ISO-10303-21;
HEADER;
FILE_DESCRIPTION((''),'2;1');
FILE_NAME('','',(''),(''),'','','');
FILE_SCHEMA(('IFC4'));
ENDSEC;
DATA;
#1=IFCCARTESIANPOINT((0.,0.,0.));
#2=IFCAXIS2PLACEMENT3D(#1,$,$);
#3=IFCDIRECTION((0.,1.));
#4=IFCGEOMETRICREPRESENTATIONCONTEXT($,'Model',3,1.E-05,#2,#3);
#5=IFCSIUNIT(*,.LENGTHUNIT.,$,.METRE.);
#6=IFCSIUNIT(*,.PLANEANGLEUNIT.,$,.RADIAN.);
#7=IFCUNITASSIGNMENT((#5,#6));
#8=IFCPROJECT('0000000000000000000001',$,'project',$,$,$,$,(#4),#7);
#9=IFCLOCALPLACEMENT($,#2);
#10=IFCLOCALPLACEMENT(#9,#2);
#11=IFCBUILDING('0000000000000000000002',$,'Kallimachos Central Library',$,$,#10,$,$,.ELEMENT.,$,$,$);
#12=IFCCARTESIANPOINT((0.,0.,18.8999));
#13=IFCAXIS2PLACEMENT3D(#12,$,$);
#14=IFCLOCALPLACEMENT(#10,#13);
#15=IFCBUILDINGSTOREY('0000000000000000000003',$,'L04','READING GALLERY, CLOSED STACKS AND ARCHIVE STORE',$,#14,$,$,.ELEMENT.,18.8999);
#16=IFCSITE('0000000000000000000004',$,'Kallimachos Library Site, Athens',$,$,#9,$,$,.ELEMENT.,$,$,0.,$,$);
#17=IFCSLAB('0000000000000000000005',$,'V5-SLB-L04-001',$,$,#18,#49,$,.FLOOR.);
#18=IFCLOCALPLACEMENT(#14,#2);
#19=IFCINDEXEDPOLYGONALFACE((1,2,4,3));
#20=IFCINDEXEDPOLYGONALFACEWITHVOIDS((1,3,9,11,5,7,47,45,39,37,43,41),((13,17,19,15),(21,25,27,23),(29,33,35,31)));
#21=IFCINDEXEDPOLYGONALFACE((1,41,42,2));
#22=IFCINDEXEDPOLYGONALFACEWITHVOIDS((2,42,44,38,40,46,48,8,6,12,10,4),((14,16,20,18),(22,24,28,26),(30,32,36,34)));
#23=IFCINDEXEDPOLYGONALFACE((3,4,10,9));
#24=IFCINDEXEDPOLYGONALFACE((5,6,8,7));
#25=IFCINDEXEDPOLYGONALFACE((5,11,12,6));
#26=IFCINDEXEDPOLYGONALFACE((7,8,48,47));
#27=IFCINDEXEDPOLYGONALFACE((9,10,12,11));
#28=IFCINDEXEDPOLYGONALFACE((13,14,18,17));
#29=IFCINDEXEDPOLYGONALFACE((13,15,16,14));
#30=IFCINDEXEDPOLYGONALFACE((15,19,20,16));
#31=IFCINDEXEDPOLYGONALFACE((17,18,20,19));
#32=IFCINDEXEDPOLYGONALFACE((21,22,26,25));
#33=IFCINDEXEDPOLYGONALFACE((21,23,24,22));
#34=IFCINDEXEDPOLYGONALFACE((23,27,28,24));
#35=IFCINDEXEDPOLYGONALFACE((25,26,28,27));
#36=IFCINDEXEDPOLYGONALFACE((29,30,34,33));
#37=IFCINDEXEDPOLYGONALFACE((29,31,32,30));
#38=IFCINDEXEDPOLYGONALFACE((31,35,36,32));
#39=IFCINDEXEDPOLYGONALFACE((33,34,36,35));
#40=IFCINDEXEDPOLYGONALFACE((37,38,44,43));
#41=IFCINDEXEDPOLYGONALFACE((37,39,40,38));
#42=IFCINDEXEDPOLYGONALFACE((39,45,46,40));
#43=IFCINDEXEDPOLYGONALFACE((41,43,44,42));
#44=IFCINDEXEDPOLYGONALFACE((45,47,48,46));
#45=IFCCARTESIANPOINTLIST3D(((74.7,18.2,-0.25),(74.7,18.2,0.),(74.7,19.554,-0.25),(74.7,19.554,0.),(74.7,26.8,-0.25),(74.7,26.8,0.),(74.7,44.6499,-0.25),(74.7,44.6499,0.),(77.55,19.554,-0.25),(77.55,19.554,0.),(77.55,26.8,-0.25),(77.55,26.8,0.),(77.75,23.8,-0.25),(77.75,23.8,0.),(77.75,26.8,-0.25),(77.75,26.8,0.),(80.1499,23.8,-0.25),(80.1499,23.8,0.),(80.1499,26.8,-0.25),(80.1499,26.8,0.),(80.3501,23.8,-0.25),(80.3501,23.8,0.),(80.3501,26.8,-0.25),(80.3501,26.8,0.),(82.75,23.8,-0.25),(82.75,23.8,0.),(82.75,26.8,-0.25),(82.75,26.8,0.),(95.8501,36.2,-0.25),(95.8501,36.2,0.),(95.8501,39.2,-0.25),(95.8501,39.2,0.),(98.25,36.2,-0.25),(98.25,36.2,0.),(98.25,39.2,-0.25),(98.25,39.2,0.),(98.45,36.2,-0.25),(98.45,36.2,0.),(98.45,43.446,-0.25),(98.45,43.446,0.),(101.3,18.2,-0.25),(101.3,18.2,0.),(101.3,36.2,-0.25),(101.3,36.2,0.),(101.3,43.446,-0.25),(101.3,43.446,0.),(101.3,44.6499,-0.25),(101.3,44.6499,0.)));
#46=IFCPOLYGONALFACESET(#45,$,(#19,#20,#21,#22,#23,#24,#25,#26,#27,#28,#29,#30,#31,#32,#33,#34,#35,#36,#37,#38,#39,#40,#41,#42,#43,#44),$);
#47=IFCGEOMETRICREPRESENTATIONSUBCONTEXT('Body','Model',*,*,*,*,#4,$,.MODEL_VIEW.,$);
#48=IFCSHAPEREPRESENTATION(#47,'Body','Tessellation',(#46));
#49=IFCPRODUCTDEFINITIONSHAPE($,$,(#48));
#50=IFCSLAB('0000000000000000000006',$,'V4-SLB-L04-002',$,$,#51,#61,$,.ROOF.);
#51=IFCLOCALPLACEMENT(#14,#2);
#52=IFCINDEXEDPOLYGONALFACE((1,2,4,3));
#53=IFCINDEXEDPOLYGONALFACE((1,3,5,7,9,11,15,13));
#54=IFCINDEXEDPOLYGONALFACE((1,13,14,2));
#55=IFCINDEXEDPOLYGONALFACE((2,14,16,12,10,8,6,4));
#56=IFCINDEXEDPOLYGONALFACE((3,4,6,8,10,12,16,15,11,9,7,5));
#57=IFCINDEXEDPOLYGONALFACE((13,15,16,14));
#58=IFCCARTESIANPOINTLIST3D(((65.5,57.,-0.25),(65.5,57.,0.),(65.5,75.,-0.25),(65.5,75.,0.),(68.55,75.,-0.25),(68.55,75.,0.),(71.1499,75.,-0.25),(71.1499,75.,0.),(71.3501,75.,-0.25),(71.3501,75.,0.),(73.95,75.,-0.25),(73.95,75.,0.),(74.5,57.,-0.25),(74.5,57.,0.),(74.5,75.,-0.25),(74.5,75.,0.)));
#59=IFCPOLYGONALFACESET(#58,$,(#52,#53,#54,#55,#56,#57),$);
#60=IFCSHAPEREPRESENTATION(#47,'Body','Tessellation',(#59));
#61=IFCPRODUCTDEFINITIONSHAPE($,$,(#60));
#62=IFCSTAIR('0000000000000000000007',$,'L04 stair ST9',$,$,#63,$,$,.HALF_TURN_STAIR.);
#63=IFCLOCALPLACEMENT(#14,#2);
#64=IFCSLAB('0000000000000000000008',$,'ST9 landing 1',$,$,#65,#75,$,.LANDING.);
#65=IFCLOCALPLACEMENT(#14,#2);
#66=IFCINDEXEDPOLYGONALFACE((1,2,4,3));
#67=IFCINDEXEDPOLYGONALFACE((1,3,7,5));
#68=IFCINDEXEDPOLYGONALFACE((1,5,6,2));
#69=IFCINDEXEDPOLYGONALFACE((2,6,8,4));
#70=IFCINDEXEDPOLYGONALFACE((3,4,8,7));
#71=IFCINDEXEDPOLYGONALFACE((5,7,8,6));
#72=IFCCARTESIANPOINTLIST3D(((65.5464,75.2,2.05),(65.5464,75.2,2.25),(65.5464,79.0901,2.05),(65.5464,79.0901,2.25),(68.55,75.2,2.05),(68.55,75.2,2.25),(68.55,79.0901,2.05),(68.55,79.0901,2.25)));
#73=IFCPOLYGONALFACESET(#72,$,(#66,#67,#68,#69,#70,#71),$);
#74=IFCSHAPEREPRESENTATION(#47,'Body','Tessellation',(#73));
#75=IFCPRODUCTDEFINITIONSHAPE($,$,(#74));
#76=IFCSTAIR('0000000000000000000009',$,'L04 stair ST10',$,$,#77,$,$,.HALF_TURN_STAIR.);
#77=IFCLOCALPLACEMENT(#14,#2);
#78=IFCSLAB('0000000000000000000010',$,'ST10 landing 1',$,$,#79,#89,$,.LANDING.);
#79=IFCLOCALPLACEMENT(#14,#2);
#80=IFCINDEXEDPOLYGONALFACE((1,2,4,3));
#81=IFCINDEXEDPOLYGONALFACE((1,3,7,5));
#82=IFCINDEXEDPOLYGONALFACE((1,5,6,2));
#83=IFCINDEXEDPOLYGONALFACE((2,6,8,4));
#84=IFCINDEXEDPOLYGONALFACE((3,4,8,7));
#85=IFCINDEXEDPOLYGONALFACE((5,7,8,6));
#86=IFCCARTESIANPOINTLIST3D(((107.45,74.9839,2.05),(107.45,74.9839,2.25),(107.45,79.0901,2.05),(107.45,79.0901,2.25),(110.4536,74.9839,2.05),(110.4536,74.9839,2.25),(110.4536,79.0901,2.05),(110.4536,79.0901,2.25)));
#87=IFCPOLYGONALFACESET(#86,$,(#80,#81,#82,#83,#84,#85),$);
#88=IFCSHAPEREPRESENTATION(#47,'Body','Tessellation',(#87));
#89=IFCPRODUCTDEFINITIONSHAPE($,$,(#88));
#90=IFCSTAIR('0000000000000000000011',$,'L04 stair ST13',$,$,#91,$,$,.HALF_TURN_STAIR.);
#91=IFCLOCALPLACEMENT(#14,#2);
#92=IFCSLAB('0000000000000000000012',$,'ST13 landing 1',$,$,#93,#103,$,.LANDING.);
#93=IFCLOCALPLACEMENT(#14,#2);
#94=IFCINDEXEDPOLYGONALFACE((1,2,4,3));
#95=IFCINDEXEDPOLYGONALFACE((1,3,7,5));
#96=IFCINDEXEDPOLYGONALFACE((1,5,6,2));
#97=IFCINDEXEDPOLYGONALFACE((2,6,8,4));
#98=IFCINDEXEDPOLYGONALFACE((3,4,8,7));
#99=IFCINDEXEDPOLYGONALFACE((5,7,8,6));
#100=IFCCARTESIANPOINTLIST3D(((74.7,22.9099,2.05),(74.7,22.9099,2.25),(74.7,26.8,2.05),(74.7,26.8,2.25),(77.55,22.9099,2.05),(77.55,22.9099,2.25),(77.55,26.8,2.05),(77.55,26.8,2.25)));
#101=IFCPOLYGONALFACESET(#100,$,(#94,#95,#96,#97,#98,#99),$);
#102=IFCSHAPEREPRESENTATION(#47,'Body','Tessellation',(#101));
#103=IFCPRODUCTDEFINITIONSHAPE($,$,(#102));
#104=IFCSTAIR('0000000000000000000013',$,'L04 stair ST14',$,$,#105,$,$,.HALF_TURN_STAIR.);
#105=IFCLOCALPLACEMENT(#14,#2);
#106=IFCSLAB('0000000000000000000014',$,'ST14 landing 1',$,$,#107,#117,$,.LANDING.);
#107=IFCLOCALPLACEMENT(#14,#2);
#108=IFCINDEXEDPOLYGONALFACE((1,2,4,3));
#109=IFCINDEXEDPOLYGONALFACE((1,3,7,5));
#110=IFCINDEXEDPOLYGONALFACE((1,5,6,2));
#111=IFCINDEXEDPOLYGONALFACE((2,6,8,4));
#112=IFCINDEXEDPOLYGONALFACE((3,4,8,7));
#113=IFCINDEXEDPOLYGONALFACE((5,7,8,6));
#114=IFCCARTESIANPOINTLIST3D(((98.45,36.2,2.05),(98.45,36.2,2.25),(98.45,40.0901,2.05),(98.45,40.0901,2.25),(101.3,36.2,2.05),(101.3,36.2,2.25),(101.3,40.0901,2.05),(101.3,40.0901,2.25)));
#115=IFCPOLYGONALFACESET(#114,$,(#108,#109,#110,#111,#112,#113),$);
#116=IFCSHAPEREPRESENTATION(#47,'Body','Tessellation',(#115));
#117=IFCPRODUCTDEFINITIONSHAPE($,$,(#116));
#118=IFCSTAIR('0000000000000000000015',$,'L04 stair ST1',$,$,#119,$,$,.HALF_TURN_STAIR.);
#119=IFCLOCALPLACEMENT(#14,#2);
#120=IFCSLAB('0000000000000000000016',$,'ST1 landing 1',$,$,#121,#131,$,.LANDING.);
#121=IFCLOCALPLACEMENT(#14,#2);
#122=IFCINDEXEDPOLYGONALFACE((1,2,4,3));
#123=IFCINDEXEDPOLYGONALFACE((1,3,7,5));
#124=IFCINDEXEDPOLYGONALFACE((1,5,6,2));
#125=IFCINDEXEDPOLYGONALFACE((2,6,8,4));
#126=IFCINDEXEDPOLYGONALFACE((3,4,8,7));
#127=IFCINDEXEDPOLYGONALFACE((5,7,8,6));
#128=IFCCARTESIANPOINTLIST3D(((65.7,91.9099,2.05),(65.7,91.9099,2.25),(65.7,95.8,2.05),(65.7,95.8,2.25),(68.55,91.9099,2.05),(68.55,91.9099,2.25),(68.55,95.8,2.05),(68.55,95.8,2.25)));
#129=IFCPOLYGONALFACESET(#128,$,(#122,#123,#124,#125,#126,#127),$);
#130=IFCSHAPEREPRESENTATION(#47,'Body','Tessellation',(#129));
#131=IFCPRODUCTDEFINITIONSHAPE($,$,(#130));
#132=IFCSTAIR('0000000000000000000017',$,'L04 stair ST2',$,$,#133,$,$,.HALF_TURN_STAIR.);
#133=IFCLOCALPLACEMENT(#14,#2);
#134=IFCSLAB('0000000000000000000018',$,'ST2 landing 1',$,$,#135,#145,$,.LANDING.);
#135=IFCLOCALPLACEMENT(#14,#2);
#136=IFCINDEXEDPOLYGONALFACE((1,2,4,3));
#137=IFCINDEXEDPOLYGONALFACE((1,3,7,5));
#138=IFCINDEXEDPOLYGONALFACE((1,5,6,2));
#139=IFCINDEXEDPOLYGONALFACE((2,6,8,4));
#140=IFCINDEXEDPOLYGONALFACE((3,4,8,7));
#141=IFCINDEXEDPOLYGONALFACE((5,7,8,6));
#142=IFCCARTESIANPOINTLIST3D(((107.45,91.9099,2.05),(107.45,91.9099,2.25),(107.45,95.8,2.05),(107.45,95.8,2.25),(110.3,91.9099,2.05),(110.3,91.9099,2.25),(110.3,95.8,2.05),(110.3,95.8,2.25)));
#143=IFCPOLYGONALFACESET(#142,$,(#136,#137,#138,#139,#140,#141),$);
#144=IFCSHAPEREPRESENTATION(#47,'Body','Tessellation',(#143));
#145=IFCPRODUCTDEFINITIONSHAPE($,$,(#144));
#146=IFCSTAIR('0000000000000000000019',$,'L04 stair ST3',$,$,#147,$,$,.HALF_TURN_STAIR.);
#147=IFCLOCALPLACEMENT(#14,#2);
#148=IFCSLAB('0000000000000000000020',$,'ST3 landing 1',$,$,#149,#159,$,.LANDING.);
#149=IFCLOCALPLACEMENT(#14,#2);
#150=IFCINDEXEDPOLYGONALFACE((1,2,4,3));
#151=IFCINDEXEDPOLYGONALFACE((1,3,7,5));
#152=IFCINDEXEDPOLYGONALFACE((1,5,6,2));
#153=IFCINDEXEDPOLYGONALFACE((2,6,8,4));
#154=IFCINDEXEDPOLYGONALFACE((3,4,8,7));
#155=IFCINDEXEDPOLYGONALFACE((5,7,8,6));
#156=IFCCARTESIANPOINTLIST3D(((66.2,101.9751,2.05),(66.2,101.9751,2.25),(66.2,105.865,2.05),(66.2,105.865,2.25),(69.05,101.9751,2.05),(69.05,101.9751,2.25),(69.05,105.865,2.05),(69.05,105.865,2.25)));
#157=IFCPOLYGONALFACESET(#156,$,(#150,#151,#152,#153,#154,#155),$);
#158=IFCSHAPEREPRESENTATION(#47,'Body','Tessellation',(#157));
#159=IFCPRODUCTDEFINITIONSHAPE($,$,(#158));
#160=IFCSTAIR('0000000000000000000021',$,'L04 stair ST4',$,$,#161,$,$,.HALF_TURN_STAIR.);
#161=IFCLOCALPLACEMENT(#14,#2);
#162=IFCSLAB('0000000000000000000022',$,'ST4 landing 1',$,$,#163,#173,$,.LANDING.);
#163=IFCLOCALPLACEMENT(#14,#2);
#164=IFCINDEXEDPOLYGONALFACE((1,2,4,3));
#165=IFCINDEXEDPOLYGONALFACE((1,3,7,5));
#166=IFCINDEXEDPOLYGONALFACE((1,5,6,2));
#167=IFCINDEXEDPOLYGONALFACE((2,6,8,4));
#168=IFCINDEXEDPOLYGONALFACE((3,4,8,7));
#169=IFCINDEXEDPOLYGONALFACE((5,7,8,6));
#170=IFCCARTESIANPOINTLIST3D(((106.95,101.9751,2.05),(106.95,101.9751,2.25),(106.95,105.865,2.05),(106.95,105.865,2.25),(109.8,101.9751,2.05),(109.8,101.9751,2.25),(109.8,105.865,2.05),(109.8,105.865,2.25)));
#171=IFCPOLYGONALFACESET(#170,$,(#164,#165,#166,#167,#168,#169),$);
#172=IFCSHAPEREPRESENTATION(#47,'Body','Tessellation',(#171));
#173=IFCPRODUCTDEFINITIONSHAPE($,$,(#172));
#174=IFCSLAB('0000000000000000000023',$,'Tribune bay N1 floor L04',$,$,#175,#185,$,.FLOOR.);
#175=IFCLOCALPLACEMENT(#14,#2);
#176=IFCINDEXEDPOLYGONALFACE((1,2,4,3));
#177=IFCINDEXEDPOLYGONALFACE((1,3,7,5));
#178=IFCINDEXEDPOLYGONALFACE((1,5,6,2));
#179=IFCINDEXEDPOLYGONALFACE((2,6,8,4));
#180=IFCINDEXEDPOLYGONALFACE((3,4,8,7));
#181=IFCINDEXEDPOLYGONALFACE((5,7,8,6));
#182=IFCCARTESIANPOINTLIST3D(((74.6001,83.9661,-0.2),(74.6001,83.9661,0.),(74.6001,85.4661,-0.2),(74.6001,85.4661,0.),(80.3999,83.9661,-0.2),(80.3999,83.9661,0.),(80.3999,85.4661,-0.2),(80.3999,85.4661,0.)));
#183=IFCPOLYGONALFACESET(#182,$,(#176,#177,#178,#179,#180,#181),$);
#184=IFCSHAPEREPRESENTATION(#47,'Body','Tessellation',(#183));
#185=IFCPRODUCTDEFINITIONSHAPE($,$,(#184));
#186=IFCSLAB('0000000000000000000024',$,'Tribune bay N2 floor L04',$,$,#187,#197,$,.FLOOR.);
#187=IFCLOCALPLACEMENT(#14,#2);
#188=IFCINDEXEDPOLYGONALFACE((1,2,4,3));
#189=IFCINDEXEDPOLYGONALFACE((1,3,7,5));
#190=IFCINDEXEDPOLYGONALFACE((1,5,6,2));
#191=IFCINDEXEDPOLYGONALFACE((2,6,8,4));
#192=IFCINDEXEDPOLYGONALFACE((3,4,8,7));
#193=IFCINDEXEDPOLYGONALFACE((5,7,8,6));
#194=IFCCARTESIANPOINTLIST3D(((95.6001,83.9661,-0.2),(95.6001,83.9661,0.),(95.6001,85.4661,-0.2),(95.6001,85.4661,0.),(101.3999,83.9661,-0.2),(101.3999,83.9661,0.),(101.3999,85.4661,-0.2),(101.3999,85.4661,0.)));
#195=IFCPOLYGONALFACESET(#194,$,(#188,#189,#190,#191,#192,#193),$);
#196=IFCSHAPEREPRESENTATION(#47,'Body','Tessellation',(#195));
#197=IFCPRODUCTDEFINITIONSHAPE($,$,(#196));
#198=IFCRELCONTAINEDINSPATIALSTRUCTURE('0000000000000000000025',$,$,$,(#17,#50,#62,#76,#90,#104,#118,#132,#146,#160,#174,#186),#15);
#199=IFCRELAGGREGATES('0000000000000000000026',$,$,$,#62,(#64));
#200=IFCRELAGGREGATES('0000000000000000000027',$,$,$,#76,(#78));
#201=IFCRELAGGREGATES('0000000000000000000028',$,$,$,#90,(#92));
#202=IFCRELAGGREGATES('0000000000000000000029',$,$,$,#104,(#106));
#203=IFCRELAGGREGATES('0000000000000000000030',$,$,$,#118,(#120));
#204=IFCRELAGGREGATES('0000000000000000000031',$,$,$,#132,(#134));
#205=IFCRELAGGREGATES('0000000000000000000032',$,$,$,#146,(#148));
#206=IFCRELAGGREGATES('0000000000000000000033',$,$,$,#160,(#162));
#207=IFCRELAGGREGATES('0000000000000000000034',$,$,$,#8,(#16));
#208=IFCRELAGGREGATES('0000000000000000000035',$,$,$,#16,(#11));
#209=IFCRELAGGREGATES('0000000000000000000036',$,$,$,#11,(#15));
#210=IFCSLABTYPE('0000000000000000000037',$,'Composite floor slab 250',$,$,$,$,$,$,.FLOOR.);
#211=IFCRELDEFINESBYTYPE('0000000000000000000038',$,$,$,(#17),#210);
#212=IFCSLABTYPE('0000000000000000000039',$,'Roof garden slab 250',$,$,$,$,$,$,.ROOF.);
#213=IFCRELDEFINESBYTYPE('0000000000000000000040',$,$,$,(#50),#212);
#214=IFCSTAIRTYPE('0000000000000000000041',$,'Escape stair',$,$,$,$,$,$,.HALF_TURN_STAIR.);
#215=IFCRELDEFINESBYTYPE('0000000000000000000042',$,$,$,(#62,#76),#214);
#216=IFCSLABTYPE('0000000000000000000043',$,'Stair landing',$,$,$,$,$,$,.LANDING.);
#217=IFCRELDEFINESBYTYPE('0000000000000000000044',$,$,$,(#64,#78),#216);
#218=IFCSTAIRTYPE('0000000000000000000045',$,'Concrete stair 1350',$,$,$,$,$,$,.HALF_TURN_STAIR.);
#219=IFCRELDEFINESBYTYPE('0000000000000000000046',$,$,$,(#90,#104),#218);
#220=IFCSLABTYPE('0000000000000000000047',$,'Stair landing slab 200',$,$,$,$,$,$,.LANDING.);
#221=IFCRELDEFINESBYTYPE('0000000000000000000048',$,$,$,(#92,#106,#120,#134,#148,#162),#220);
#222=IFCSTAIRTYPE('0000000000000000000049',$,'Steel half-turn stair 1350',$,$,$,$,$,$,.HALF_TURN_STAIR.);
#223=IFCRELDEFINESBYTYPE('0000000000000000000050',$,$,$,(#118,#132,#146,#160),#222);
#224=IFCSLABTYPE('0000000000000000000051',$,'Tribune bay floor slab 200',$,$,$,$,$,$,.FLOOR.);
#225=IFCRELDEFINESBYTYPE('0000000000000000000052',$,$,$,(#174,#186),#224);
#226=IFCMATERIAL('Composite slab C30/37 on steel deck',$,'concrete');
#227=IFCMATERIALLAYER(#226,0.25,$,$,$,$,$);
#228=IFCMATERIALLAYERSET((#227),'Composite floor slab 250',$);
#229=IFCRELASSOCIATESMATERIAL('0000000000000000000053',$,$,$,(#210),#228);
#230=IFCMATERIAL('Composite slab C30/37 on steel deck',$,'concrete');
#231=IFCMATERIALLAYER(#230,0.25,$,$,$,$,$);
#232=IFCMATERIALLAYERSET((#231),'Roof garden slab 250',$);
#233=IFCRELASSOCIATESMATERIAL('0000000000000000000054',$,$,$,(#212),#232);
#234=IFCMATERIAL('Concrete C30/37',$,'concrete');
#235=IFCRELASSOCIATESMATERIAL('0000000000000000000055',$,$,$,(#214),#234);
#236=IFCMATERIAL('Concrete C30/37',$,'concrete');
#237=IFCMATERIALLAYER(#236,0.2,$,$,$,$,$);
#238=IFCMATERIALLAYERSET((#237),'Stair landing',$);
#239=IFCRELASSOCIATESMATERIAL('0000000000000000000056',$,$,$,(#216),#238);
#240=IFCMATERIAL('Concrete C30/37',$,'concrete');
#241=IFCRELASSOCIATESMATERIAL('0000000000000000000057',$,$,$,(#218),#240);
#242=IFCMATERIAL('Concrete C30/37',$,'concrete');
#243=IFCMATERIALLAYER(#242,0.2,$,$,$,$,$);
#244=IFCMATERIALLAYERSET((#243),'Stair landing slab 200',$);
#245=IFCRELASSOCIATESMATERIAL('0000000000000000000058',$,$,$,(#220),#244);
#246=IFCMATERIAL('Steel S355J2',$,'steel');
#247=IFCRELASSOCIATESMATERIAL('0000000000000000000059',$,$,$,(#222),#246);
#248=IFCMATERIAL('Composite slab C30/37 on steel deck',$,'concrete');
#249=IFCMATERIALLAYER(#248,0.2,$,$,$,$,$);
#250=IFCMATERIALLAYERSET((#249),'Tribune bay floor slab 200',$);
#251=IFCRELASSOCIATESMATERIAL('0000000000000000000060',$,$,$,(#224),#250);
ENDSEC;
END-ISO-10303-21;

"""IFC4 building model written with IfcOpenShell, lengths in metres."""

from ifc_helpers import new_model, si_unit, direction, frame, origin, place, context, subcontext, project, spatial, polyline, outline, extrude, material, layer, layer_set, type_object, element, aggregate, save


model = new_model("IFC4")

# Units and contexts
model_context = context("Model", 3, precision=1e-05, world=origin(), true_north=direction((0.0, 1.0)))
body_context = subcontext(model_context, "Body", "Model", "MODEL_VIEW")
ifc_project = project(units=[si_unit("LENGTHUNIT", "METRE"), si_unit("PLANEANGLEUNIT", "RADIAN")], contexts=[model_context])

# Site, building, storey
site_placement = place(None, origin())
site = spatial("IfcSite", under=ifc_project, at=site_placement, Name="Kallimachos Library Site, Athens", CompositionType="ELEMENT", RefElevation=0.0)
building_placement = place(site_placement, origin())
building = spatial("IfcBuilding", under=site, at=building_placement, Name="Kallimachos Central Library", CompositionType="ELEMENT")
storey_placement = place(building_placement, frame((0.0, 0.0, 18.8999)))
storey = spatial("IfcBuildingStorey", under=building, at=storey_placement, Name="L04", Description="READING GALLERY, CLOSED STACKS AND ARCHIVE STORE", CompositionType="ELEMENT", Elevation=18.8999)

# Slabs
ifc_material_1 = material(Name="Composite slab C30/37 on steel deck", Category="concrete")
ifc_layer_1 = layer(ifc_material_1, 0.25)
ifc_layer_set_1 = layer_set([ifc_layer_1], Name="Composite floor slab 250")
slab_type_1 = type_object("IfcSlabType", Name="Composite floor slab 250", PredefinedType="FLOOR", material=ifc_layer_set_1)
slab_1_placement = place(storey_placement, frame((0.0, 0.0, -0.25)))
element("IfcSlab", 1, at=slab_1_placement, inside=storey, type_object=slab_type_1, Name="V5-SLB-L04-001", PredefinedType="FLOOR", context=body_context, shape_type="SweptSolid", body=[
    extrude(outline(polyline([(101.3, 18.2), (74.7, 18.2), (74.7, 19.554), (77.55, 19.554), (77.55, 26.8), (74.7, 26.8), (74.7, 44.6499), (101.3, 44.6499), (101.3, 43.446), (98.45, 43.446), (98.45, 36.2), (101.3, 36.2), (101.3, 18.2)]), holes=[polyline([(77.75, 26.8), (77.75, 23.8), (80.1499, 23.8), (80.1499, 26.8), (77.75, 26.8)]), polyline([(80.3501, 26.8), (80.3501, 23.8), (82.75, 23.8), (82.75, 26.8), (80.3501, 26.8)]), polyline([(98.25, 39.2), (95.8501, 39.2), (95.8501, 36.2), (98.25, 36.2), (98.25, 39.2)])]), origin(), (0.0, 0.0, 1.0), 0.25),
])
ifc_material_2 = material(Name="Composite slab C30/37 on steel deck", Category="concrete")
ifc_layer_2 = layer(ifc_material_2, 0.25)
ifc_layer_set_2 = layer_set([ifc_layer_2], Name="Roof garden slab 250")
slab_type_2 = type_object("IfcSlabType", Name="Roof garden slab 250", PredefinedType="ROOF", material=ifc_layer_set_2)
slab_2_placement = place(storey_placement, frame((0.0, 0.0, -0.25)))
element("IfcSlab", 2, at=slab_2_placement, inside=storey, type_object=slab_type_2, Name="V4-SLB-L04-002", PredefinedType="ROOF", context=body_context, shape_type="SweptSolid", body=[
    extrude(outline(polyline([(73.95, 75.0), (74.5, 75.0), (74.5, 57.0), (65.5, 57.0), (65.5, 75.0), (68.55, 75.0), (71.1499, 75.0), (71.3501, 75.0), (73.95, 75.0)])), origin(), (0.0, 0.0, 1.0), 0.25),
])

# Stairs, slabs
ifc_material_3 = material(Name="Concrete C30/37", Category="concrete")
stair_type_1 = type_object("IfcStairType", Name="Escape stair", PredefinedType="HALF_TURN_STAIR", material=ifc_material_3)
stair_1_placement = place(storey_placement, origin())
stair_1 = element("IfcStair", 3, at=stair_1_placement, inside=storey, type_object=stair_type_1, Name="L04 stair ST9", PredefinedType="HALF_TURN_STAIR")
ifc_material_4 = material(Name="Concrete C30/37", Category="concrete")
ifc_layer_3 = layer(ifc_material_4, 0.2)
ifc_layer_set_3 = layer_set([ifc_layer_3], Name="Stair landing")
slab_type_3 = type_object("IfcSlabType", Name="Stair landing", PredefinedType="LANDING", material=ifc_layer_set_3)
slab_3_placement = place(storey_placement, frame((0.0, 0.0, 2.05)))
slab_3 = element("IfcSlab", 4, at=slab_3_placement, type_object=slab_type_3, Name="ST9 landing 1", PredefinedType="LANDING", context=body_context, shape_type="SweptSolid", body=[
    extrude(outline(polyline([(65.5464, 75.2), (68.55, 75.2), (68.55, 79.0901), (65.5464, 79.0901), (65.5464, 75.2)])), origin(), (0.0, 0.0, 1.0), 0.2),
])
aggregate(stair_1, [slab_3])
stair_2_placement = place(storey_placement, origin())
stair_2 = element("IfcStair", 5, at=stair_2_placement, inside=storey, type_object=stair_type_1, Name="L04 stair ST10", PredefinedType="HALF_TURN_STAIR")
slab_4_placement = place(storey_placement, frame((0.0, 0.0, 2.05)))
slab_4 = element("IfcSlab", 6, at=slab_4_placement, type_object=slab_type_3, Name="ST10 landing 1", PredefinedType="LANDING", context=body_context, shape_type="SweptSolid", body=[
    extrude(outline(polyline([(107.45, 74.9839), (110.4536, 74.9839), (110.4536, 79.0901), (107.45, 79.0901), (107.45, 74.9839)])), origin(), (0.0, 0.0, 1.0), 0.2),
])
aggregate(stair_2, [slab_4])
ifc_material_5 = material(Name="Concrete C30/37", Category="concrete")
stair_type_2 = type_object("IfcStairType", Name="Concrete stair 1350", PredefinedType="HALF_TURN_STAIR", material=ifc_material_5)
stair_3_placement = place(storey_placement, origin())
stair_3 = element("IfcStair", 7, at=stair_3_placement, inside=storey, type_object=stair_type_2, Name="L04 stair ST13", PredefinedType="HALF_TURN_STAIR")
ifc_material_6 = material(Name="Concrete C30/37", Category="concrete")
ifc_layer_4 = layer(ifc_material_6, 0.2)
ifc_layer_set_4 = layer_set([ifc_layer_4], Name="Stair landing slab 200")
slab_type_4 = type_object("IfcSlabType", Name="Stair landing slab 200", PredefinedType="LANDING", material=ifc_layer_set_4)
slab_5_placement = place(storey_placement, frame((0.0, 0.0, 2.05)))
slab_5 = element("IfcSlab", 8, at=slab_5_placement, type_object=slab_type_4, Name="ST13 landing 1", PredefinedType="LANDING", context=body_context, shape_type="SweptSolid", body=[
    extrude(outline(polyline([(77.55, 22.9099), (77.55, 26.8), (74.7, 26.8), (74.7, 22.9099), (77.55, 22.9099)])), origin(), (0.0, 0.0, 1.0), 0.2),
])
aggregate(stair_3, [slab_5])
stair_4_placement = place(storey_placement, origin())
stair_4 = element("IfcStair", 9, at=stair_4_placement, inside=storey, type_object=stair_type_2, Name="L04 stair ST14", PredefinedType="HALF_TURN_STAIR")
slab_6_placement = place(storey_placement, frame((0.0, 0.0, 2.05)))
slab_6 = element("IfcSlab", 10, at=slab_6_placement, type_object=slab_type_4, Name="ST14 landing 1", PredefinedType="LANDING", context=body_context, shape_type="SweptSolid", body=[
    extrude(outline(polyline([(98.45, 40.0901), (98.45, 36.2), (101.3, 36.2), (101.3, 40.0901), (98.45, 40.0901)])), origin(), (0.0, 0.0, 1.0), 0.2),
])
aggregate(stair_4, [slab_6])
ifc_material_7 = material(Name="Steel S355J2", Category="steel")
stair_type_3 = type_object("IfcStairType", Name="Steel half-turn stair 1350", PredefinedType="HALF_TURN_STAIR", material=ifc_material_7)
stair_5_placement = place(storey_placement, origin())
stair_5 = element("IfcStair", 11, at=stair_5_placement, inside=storey, type_object=stair_type_3, Name="L04 stair ST1", PredefinedType="HALF_TURN_STAIR")
slab_7_placement = place(storey_placement, frame((0.0, 0.0, 2.05)))
slab_7 = element("IfcSlab", 12, at=slab_7_placement, type_object=slab_type_4, Name="ST1 landing 1", PredefinedType="LANDING", context=body_context, shape_type="SweptSolid", body=[
    extrude(outline(polyline([(68.55, 91.9099), (68.55, 95.8), (65.7, 95.8), (65.7, 91.9099), (68.55, 91.9099)])), origin(), (0.0, 0.0, 1.0), 0.2),
])
aggregate(stair_5, [slab_7])
stair_6_placement = place(storey_placement, origin())
stair_6 = element("IfcStair", 13, at=stair_6_placement, inside=storey, type_object=stair_type_3, Name="L04 stair ST2", PredefinedType="HALF_TURN_STAIR")
slab_8_placement = place(storey_placement, frame((0.0, 0.0, 2.05)))
slab_8 = element("IfcSlab", 14, at=slab_8_placement, type_object=slab_type_4, Name="ST2 landing 1", PredefinedType="LANDING", context=body_context, shape_type="SweptSolid", body=[
    extrude(outline(polyline([(110.3, 91.9099), (110.3, 95.8), (107.45, 95.8), (107.45, 91.9099), (110.3, 91.9099)])), origin(), (0.0, 0.0, 1.0), 0.2),
])
aggregate(stair_6, [slab_8])
stair_7_placement = place(storey_placement, origin())
stair_7 = element("IfcStair", 15, at=stair_7_placement, inside=storey, type_object=stair_type_3, Name="L04 stair ST3", PredefinedType="HALF_TURN_STAIR")
slab_9_placement = place(storey_placement, frame((0.0, 0.0, 2.05)))
slab_9 = element("IfcSlab", 16, at=slab_9_placement, type_object=slab_type_4, Name="ST3 landing 1", PredefinedType="LANDING", context=body_context, shape_type="SweptSolid", body=[
    extrude(outline(polyline([(66.2, 105.865), (66.2, 101.9751), (69.05, 101.9751), (69.05, 105.865), (66.2, 105.865)])), origin(), (0.0, 0.0, 1.0), 0.2),
])
aggregate(stair_7, [slab_9])
stair_8_placement = place(storey_placement, origin())
stair_8 = element("IfcStair", 17, at=stair_8_placement, inside=storey, type_object=stair_type_3, Name="L04 stair ST4", PredefinedType="HALF_TURN_STAIR")
slab_10_placement = place(storey_placement, frame((0.0, 0.0, 2.05)))
slab_10 = element("IfcSlab", 18, at=slab_10_placement, type_object=slab_type_4, Name="ST4 landing 1", PredefinedType="LANDING", context=body_context, shape_type="SweptSolid", body=[
    extrude(outline(polyline([(106.95, 105.865), (106.95, 101.9751), (109.8, 101.9751), (109.8, 105.865), (106.95, 105.865)])), origin(), (0.0, 0.0, 1.0), 0.2),
])
aggregate(stair_8, [slab_10])

# Slabs
ifc_material_8 = material(Name="Composite slab C30/37 on steel deck", Category="concrete")
ifc_layer_5 = layer(ifc_material_8, 0.2)
ifc_layer_set_5 = layer_set([ifc_layer_5], Name="Tribune bay floor slab 200")
slab_type_5 = type_object("IfcSlabType", Name="Tribune bay floor slab 200", PredefinedType="FLOOR", material=ifc_layer_set_5)
slab_11_placement = place(storey_placement, frame((0.0, 0.0, -0.2)))
element("IfcSlab", 19, at=slab_11_placement, inside=storey, type_object=slab_type_5, Name="Tribune bay N1 floor L04", PredefinedType="FLOOR", context=body_context, shape_type="SweptSolid", body=[
    extrude(outline(polyline([(74.6001, 83.9661), (80.3999, 83.9661), (80.3999, 85.4661), (74.6001, 85.4661), (74.6001, 83.9661)])), origin(), (0.0, 0.0, 1.0), 0.2),
])
slab_12_placement = place(storey_placement, frame((0.0, 0.0, -0.2)))
element("IfcSlab", 20, at=slab_12_placement, inside=storey, type_object=slab_type_5, Name="Tribune bay N2 floor L04", PredefinedType="FLOOR", context=body_context, shape_type="SweptSolid", body=[
    extrude(outline(polyline([(95.6001, 83.9661), (101.3999, 83.9661), (101.3999, 85.4661), (95.6001, 85.4661), (95.6001, 83.9661)])), origin(), (0.0, 0.0, 1.0), 0.2),
])

save(model, "model.ifc")
